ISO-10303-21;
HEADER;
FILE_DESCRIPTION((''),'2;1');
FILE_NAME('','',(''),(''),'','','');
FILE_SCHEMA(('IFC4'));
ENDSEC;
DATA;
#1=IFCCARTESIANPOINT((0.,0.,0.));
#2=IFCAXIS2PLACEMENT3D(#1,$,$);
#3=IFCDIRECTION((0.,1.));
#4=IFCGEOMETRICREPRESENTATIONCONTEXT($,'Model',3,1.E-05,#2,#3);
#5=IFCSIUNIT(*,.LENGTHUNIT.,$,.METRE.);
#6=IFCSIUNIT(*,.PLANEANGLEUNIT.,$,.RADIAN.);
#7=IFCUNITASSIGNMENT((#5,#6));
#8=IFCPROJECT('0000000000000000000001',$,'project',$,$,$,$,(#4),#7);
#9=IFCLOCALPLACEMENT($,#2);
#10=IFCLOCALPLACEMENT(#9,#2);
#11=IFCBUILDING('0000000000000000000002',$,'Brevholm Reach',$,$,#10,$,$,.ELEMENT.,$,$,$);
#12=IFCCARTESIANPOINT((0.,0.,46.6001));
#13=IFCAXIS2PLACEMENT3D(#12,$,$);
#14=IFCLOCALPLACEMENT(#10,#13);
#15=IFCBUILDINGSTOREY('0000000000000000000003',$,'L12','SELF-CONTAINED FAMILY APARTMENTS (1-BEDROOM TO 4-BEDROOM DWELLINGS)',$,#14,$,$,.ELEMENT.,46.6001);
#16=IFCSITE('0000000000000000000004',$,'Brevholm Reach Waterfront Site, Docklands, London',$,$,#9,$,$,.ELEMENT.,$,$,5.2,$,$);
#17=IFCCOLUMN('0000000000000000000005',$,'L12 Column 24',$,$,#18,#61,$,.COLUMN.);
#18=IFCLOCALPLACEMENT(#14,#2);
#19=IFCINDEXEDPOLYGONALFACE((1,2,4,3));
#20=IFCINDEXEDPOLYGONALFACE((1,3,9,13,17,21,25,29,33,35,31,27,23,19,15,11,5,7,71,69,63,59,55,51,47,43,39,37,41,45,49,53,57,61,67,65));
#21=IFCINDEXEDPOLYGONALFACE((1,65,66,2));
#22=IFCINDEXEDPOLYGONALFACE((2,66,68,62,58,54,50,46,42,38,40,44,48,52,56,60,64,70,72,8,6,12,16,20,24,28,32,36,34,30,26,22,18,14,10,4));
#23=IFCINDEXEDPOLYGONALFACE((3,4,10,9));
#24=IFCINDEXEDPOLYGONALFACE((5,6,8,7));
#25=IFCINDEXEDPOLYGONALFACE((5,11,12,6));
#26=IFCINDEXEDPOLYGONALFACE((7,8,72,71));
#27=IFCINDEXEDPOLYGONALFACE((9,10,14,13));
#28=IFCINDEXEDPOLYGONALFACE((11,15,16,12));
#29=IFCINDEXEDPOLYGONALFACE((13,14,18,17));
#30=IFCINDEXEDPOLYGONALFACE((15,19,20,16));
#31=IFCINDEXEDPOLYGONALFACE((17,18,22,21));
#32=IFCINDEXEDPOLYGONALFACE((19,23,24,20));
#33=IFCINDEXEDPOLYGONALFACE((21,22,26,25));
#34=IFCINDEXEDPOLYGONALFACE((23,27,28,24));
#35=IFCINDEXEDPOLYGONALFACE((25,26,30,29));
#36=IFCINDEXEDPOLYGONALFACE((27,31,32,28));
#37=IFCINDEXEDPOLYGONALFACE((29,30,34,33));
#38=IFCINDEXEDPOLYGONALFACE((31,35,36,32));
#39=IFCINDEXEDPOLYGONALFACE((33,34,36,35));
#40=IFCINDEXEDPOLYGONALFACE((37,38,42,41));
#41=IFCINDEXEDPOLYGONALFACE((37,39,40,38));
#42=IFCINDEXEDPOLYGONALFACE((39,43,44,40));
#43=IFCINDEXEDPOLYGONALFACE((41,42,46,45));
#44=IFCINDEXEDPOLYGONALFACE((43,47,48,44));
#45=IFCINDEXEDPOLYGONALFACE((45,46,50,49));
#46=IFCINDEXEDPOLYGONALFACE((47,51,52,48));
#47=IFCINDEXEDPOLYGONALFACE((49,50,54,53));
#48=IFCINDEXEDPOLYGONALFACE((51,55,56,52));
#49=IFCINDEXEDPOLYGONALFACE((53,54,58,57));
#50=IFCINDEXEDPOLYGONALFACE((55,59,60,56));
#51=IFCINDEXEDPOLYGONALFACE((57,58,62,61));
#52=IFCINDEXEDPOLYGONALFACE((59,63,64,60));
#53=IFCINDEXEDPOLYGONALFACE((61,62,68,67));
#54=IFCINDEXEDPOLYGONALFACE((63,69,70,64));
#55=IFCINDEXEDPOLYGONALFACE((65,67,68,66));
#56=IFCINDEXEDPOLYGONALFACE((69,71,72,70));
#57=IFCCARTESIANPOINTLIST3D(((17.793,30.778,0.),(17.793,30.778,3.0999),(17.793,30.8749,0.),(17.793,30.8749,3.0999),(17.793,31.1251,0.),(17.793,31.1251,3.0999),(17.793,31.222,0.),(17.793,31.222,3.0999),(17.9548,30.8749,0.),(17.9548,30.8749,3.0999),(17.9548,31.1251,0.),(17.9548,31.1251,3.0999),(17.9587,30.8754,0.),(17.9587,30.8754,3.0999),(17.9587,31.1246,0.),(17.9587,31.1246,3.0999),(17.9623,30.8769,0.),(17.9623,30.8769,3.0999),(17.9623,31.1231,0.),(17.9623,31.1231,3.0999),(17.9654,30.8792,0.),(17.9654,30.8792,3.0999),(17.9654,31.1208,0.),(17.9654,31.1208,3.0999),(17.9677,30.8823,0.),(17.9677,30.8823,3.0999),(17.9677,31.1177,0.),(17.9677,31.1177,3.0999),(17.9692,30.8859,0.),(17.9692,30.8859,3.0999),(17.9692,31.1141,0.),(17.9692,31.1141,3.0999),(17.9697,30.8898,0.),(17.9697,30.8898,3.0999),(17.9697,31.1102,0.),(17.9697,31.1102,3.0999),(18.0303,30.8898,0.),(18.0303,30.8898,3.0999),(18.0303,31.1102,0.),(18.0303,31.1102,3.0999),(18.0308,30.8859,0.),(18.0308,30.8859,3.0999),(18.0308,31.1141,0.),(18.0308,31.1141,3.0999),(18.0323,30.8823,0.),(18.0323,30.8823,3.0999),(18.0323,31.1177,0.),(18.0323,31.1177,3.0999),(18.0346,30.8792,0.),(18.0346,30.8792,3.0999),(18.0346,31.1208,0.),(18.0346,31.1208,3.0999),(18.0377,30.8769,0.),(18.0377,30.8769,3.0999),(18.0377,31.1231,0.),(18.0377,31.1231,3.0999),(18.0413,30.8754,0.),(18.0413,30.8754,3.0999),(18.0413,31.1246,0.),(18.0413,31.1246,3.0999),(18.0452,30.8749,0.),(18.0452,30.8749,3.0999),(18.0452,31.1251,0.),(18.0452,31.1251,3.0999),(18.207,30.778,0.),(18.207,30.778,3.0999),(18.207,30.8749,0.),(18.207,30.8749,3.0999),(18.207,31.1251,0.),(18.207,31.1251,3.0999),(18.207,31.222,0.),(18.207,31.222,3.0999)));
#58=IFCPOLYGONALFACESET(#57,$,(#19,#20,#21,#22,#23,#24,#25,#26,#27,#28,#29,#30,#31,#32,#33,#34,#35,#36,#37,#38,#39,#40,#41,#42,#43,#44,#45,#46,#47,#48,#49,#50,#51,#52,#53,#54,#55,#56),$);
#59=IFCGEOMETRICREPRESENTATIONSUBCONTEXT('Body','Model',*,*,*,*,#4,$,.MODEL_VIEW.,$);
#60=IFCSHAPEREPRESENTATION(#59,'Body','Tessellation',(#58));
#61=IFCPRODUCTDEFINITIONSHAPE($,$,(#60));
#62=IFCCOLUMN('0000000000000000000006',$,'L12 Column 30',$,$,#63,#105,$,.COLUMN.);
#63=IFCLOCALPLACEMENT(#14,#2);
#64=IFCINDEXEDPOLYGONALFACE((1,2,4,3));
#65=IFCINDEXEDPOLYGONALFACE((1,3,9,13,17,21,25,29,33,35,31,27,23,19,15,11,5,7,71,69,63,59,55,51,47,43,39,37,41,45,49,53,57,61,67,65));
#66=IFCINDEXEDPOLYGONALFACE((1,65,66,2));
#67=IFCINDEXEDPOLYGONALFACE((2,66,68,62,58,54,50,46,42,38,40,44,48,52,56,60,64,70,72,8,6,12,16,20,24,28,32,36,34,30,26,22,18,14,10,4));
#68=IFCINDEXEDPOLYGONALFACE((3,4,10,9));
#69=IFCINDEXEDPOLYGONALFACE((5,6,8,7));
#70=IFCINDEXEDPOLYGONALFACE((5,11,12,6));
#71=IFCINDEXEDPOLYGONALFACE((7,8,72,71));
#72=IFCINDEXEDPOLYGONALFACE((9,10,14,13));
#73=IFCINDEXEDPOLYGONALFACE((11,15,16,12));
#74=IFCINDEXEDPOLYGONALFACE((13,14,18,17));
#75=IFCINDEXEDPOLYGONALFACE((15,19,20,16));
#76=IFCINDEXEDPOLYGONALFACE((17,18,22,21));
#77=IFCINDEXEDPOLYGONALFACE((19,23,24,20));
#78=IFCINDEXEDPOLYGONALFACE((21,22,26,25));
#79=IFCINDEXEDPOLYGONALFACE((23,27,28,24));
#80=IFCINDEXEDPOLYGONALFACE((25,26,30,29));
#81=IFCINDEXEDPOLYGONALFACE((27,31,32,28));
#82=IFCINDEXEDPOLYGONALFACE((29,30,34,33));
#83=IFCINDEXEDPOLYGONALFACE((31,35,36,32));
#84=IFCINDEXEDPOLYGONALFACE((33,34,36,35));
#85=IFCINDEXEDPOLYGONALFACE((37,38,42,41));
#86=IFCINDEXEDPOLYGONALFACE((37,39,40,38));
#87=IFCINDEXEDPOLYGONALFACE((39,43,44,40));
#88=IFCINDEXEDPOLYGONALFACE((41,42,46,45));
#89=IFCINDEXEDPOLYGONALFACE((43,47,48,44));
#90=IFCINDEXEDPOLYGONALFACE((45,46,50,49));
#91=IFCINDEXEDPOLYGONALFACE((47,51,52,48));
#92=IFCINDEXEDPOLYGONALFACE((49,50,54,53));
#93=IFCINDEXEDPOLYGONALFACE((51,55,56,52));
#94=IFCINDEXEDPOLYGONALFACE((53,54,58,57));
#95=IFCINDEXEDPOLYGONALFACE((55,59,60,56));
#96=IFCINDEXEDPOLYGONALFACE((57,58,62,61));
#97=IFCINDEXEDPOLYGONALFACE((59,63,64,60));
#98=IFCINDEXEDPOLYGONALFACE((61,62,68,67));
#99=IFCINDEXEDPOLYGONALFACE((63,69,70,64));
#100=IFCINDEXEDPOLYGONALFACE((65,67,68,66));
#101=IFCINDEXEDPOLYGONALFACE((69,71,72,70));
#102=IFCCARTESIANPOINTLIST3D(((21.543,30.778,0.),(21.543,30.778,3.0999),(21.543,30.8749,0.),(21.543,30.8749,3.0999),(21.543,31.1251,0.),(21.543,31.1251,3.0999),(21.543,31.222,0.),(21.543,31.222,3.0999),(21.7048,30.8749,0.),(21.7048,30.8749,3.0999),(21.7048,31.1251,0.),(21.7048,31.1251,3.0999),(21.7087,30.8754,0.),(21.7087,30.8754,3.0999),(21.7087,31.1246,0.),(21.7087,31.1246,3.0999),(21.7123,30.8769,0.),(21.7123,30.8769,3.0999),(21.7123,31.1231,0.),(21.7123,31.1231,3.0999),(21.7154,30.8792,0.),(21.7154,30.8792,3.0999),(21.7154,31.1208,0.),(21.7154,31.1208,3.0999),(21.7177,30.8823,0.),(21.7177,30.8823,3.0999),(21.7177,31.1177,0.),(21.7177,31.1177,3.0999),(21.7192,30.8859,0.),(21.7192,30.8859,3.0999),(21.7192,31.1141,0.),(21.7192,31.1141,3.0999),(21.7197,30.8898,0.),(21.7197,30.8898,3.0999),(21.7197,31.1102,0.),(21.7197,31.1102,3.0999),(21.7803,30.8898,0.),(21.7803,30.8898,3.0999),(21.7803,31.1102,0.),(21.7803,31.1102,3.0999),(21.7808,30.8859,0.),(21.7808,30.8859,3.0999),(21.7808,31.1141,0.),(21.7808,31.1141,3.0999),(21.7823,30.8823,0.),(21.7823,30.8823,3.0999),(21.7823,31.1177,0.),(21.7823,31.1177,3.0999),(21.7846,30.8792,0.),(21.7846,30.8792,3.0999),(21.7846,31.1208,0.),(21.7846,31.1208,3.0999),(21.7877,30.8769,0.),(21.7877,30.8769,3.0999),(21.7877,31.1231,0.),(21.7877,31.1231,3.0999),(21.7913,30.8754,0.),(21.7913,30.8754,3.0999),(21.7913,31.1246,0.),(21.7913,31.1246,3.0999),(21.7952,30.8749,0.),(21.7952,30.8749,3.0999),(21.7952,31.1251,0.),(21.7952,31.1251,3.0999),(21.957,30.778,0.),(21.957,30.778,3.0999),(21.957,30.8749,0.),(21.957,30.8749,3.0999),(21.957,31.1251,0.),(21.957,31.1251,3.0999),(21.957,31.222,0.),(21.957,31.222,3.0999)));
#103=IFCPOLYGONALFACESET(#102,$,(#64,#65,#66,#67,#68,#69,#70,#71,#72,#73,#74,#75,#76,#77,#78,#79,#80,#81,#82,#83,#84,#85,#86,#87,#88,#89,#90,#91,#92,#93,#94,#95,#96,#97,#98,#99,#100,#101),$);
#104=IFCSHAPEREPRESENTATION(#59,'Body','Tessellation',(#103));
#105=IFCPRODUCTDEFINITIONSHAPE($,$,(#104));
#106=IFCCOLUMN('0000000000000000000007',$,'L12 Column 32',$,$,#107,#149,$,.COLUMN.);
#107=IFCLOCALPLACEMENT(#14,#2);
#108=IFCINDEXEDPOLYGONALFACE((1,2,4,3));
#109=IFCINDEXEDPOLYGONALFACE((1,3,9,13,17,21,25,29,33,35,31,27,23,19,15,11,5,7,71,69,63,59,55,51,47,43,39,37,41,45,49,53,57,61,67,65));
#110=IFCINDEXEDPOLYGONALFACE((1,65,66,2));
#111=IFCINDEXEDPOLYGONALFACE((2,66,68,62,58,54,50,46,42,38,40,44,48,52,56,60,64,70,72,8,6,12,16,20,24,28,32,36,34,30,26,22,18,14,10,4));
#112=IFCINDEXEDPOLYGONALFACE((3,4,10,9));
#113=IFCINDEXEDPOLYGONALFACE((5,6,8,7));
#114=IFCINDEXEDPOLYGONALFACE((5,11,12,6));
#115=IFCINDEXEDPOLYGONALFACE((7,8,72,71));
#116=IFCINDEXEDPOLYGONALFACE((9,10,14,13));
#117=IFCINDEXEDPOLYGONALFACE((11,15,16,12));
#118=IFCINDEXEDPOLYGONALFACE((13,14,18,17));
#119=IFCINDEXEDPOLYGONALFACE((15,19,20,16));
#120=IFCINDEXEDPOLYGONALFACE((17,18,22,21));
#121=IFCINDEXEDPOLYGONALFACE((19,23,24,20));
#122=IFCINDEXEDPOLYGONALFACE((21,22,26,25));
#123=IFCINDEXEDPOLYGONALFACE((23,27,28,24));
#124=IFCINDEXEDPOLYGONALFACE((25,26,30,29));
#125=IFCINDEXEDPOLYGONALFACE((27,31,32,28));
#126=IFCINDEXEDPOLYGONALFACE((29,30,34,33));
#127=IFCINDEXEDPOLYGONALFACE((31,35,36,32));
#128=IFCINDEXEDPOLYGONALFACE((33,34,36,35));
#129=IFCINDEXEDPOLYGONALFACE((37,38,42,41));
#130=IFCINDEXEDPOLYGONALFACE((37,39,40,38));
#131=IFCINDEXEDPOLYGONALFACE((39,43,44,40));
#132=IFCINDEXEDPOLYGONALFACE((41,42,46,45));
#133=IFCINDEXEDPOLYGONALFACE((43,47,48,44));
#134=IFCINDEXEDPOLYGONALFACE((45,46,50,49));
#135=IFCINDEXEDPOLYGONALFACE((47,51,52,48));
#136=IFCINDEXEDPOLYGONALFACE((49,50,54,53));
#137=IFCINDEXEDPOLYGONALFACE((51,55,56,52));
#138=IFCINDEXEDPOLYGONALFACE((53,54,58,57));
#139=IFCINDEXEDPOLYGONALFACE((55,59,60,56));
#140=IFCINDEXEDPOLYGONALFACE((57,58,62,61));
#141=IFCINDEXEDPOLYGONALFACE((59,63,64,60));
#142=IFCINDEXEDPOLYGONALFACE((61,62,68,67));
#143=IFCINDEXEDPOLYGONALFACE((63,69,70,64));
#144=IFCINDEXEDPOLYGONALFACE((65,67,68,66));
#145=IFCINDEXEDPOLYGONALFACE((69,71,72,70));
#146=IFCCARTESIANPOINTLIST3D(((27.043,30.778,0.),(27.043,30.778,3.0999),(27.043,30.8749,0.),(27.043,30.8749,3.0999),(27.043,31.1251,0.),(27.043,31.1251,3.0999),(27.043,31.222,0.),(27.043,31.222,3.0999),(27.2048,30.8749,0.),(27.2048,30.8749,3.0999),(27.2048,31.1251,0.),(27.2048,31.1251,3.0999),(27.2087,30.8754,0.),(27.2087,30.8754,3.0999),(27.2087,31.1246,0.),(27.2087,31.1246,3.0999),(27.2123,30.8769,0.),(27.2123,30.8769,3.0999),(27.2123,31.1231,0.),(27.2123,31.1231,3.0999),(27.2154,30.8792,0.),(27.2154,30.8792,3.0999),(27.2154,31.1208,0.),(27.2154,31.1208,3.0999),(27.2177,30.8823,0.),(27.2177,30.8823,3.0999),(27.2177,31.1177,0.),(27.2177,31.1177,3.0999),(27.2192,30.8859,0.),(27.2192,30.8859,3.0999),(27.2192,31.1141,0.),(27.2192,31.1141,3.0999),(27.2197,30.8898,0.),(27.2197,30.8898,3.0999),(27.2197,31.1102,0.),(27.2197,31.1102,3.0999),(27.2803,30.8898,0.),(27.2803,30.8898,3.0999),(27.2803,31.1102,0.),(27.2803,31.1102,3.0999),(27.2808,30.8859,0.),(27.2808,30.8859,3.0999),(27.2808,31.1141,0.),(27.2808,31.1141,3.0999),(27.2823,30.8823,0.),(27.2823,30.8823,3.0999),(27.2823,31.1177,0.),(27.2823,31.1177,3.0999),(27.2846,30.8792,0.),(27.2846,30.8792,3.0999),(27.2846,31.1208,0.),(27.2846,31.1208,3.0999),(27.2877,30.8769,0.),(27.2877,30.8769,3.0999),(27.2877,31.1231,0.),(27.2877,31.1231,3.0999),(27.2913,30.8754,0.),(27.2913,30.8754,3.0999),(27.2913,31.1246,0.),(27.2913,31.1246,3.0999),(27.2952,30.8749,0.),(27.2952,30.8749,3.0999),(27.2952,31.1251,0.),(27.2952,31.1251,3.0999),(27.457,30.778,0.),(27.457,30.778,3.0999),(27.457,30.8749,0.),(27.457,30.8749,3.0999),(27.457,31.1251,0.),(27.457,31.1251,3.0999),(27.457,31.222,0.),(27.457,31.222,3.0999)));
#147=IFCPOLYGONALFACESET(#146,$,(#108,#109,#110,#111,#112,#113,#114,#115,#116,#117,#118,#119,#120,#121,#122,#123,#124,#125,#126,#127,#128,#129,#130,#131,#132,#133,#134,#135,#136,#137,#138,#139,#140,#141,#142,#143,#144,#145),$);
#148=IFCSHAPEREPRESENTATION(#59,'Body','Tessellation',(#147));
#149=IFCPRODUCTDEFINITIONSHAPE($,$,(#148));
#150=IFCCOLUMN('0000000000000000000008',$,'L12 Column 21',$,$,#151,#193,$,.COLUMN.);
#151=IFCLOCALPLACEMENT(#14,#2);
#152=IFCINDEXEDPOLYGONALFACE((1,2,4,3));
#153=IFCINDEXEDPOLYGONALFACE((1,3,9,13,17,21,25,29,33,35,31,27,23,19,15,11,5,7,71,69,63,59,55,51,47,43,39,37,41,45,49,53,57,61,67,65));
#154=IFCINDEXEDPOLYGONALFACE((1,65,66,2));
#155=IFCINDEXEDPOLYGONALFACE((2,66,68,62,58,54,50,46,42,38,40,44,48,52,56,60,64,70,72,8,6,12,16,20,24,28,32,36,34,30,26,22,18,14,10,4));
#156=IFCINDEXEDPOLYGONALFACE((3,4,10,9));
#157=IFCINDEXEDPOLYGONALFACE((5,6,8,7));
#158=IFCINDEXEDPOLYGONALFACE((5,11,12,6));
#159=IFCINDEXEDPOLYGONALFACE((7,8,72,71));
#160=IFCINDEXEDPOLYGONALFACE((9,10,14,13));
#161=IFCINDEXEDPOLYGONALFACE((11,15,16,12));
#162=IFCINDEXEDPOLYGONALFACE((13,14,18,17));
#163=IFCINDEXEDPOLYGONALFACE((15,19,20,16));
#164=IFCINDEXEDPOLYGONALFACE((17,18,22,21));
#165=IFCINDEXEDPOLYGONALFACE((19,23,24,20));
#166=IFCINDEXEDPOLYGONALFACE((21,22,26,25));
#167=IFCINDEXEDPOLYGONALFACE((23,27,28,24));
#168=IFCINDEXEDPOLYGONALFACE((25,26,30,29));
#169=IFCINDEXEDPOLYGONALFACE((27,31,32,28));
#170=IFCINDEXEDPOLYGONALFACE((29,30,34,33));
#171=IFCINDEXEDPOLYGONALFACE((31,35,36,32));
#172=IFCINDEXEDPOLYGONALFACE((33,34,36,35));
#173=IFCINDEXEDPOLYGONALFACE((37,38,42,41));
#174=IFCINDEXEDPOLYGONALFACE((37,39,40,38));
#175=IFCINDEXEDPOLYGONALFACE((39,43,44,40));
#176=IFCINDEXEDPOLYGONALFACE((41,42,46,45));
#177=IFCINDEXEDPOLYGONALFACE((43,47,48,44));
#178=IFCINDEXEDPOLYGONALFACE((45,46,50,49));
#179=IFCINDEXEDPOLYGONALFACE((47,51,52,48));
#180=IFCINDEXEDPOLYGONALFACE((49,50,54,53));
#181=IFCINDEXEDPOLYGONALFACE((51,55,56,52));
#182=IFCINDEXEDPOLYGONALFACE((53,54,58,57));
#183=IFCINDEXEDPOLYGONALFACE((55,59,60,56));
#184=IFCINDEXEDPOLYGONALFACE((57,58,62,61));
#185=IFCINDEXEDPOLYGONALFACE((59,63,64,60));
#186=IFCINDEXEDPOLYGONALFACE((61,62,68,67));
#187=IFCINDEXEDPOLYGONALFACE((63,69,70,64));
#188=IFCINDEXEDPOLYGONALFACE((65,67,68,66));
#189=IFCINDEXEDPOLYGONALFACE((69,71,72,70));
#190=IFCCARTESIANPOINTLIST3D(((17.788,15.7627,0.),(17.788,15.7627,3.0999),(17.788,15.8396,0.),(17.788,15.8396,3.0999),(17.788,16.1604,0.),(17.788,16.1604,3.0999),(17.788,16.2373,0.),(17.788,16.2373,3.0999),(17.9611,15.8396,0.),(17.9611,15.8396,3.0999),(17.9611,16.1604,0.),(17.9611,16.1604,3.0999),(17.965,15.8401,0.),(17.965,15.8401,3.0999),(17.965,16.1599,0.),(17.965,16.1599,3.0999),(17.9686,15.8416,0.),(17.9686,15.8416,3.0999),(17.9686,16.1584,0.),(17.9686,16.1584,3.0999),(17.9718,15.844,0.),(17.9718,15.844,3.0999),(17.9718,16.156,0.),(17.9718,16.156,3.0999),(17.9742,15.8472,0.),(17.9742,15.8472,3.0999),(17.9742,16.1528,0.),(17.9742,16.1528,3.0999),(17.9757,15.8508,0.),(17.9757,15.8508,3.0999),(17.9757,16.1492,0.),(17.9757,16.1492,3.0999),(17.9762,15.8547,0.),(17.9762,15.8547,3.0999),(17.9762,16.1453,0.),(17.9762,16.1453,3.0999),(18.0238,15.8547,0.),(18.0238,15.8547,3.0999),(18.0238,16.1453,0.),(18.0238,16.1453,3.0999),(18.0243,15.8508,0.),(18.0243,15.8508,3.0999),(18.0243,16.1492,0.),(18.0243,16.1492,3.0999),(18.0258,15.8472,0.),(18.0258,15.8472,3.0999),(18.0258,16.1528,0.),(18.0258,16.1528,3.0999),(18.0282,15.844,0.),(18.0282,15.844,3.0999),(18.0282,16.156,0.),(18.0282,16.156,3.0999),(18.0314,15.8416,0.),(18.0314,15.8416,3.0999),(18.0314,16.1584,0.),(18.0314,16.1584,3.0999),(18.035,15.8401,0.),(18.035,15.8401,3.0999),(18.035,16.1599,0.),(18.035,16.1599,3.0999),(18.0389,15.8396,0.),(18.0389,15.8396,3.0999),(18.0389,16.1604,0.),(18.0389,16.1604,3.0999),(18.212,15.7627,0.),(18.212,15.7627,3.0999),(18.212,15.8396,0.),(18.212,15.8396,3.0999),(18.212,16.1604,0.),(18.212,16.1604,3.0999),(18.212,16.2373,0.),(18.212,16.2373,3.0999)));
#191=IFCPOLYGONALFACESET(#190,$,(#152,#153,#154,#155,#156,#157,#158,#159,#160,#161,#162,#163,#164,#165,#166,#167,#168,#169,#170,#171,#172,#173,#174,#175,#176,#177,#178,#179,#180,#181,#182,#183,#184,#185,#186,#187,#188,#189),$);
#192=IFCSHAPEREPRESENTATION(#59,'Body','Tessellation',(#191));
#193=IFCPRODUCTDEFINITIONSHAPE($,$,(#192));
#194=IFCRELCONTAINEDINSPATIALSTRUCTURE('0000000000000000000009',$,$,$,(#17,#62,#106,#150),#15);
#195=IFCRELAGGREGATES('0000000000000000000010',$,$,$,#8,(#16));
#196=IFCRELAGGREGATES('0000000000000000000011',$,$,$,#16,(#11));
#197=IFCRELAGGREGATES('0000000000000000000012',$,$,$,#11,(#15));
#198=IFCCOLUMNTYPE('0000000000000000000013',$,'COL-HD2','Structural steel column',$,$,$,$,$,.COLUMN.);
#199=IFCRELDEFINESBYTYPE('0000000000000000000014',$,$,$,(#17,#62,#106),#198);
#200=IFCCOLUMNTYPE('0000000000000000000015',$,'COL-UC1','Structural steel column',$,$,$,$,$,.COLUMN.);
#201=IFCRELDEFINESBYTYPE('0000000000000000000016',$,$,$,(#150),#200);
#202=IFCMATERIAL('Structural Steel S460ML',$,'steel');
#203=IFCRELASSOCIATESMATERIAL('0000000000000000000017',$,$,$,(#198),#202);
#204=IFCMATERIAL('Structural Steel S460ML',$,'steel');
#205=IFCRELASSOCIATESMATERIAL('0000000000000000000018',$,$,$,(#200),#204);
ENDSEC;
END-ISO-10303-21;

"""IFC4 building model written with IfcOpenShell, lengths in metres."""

from ifc_helpers import new_model, si_unit, direction, frame, origin, origin_2d, place, context, subcontext, project, spatial, i_section, extrude, material, material_profile, profile_set, type_object, element, save


model = new_model("IFC4")

# Units and contexts
model_context = context("Model", 3, precision=1e-05, world=origin(), true_north=direction((0.0, 1.0)))
body_context = subcontext(model_context, "Body", "Model", "MODEL_VIEW")
ifc_project = project(units=[si_unit("LENGTHUNIT", "METRE"), si_unit("PLANEANGLEUNIT", "RADIAN")], contexts=[model_context])

# Site, building, storey
site_placement = place(None, origin())
site = spatial("IfcSite", under=ifc_project, at=site_placement, Name="Brevholm Reach Waterfront Site, Docklands, London", CompositionType="ELEMENT", RefElevation=5.2)
building_placement = place(site_placement, origin())
building = spatial("IfcBuilding", under=site, at=building_placement, Name="Brevholm Reach", CompositionType="ELEMENT")
storey_placement = place(building_placement, frame((0.0, 0.0, 46.6001)))
storey = spatial("IfcBuildingStorey", under=building, at=storey_placement, Name="L12", Description="SELF-CONTAINED FAMILY APARTMENTS (1-BEDROOM TO 4-BEDROOM DWELLINGS)", CompositionType="ELEMENT", Elevation=46.6001)

# Columns
ifc_material_1 = material(Name="Structural Steel S460ML", Category="steel")
ifc_material_profile_1 = material_profile(ifc_material_1, i_section(OverallWidth=0.4141, OverallDepth=0.4441, WebThickness=0.0605, FlangeThickness=0.0969, FilletRadius=0.0149, at=origin_2d()), Name="HD 400x818")
ifc_profile_set_1 = profile_set([ifc_material_profile_1], Name="Structural Steel S460ML")
column_type_1 = type_object("IfcColumnType", Name="COL-HD2", Description="Structural steel column", PredefinedType="COLUMN", material=ifc_profile_set_1)
for number, where, z_axis, x_axis, name in (
    (1, (18.0, 31.0, 0.0), (0.0, 0.0, 1.0), (1.0, 0.0, 0.0), "L12 Column 24"),
    (2, (21.75, 31.0, 0.0), (0.0, 0.0, 1.0), (1.0, 0.0, 0.0), "L12 Column 30"),
    (3, (27.25, 31.0, 0.0), (0.0, 0.0, 1.0), (1.0, 0.0, 0.0), "L12 Column 32"),
):
    element("IfcColumn", number, at=place(storey_placement, frame(where, z_axis=z_axis, x_axis=x_axis)), inside=storey, type_object=column_type_1, Name=name, PredefinedType="COLUMN", context=body_context, shape_type="SweptSolid", body=[
        extrude(i_section(OverallWidth=0.4141, OverallDepth=0.4441, WebThickness=0.0605, FlangeThickness=0.0969, FilletRadius=0.0149, at=origin_2d()), origin(), (0.0, 0.0, 1.0), 3.0999),
    ])
ifc_material_2 = material(Name="Structural Steel S460ML", Category="steel")
ifc_material_profile_2 = material_profile(ifc_material_2, i_section(OverallWidth=0.4241, OverallDepth=0.4746, WebThickness=0.0476, FlangeThickness=0.0769, FilletRadius=0.0151, at=origin_2d()), Name="UKC 356x406x634")
ifc_profile_set_2 = profile_set([ifc_material_profile_2], Name="Structural Steel S460ML")
column_type_2 = type_object("IfcColumnType", Name="COL-UC1", Description="Structural steel column", PredefinedType="COLUMN", material=ifc_profile_set_2)
for number, where, z_axis, x_axis, name in (
    (4, (18.0, 16.0, 0.0), (0.0, 0.0, 1.0), (1.0, 0.0, 0.0), "L12 Column 21"),
):
    element("IfcColumn", number, at=place(storey_placement, frame(where, z_axis=z_axis, x_axis=x_axis)), inside=storey, type_object=column_type_2, Name=name, PredefinedType="COLUMN", context=body_context, shape_type="SweptSolid", body=[
        extrude(i_section(OverallWidth=0.4241, OverallDepth=0.4746, WebThickness=0.0476, FlangeThickness=0.0769, FilletRadius=0.0151, at=origin_2d()), origin(), (0.0, 0.0, 1.0), 3.0999),
    ])

save(model, "model.ifc")
